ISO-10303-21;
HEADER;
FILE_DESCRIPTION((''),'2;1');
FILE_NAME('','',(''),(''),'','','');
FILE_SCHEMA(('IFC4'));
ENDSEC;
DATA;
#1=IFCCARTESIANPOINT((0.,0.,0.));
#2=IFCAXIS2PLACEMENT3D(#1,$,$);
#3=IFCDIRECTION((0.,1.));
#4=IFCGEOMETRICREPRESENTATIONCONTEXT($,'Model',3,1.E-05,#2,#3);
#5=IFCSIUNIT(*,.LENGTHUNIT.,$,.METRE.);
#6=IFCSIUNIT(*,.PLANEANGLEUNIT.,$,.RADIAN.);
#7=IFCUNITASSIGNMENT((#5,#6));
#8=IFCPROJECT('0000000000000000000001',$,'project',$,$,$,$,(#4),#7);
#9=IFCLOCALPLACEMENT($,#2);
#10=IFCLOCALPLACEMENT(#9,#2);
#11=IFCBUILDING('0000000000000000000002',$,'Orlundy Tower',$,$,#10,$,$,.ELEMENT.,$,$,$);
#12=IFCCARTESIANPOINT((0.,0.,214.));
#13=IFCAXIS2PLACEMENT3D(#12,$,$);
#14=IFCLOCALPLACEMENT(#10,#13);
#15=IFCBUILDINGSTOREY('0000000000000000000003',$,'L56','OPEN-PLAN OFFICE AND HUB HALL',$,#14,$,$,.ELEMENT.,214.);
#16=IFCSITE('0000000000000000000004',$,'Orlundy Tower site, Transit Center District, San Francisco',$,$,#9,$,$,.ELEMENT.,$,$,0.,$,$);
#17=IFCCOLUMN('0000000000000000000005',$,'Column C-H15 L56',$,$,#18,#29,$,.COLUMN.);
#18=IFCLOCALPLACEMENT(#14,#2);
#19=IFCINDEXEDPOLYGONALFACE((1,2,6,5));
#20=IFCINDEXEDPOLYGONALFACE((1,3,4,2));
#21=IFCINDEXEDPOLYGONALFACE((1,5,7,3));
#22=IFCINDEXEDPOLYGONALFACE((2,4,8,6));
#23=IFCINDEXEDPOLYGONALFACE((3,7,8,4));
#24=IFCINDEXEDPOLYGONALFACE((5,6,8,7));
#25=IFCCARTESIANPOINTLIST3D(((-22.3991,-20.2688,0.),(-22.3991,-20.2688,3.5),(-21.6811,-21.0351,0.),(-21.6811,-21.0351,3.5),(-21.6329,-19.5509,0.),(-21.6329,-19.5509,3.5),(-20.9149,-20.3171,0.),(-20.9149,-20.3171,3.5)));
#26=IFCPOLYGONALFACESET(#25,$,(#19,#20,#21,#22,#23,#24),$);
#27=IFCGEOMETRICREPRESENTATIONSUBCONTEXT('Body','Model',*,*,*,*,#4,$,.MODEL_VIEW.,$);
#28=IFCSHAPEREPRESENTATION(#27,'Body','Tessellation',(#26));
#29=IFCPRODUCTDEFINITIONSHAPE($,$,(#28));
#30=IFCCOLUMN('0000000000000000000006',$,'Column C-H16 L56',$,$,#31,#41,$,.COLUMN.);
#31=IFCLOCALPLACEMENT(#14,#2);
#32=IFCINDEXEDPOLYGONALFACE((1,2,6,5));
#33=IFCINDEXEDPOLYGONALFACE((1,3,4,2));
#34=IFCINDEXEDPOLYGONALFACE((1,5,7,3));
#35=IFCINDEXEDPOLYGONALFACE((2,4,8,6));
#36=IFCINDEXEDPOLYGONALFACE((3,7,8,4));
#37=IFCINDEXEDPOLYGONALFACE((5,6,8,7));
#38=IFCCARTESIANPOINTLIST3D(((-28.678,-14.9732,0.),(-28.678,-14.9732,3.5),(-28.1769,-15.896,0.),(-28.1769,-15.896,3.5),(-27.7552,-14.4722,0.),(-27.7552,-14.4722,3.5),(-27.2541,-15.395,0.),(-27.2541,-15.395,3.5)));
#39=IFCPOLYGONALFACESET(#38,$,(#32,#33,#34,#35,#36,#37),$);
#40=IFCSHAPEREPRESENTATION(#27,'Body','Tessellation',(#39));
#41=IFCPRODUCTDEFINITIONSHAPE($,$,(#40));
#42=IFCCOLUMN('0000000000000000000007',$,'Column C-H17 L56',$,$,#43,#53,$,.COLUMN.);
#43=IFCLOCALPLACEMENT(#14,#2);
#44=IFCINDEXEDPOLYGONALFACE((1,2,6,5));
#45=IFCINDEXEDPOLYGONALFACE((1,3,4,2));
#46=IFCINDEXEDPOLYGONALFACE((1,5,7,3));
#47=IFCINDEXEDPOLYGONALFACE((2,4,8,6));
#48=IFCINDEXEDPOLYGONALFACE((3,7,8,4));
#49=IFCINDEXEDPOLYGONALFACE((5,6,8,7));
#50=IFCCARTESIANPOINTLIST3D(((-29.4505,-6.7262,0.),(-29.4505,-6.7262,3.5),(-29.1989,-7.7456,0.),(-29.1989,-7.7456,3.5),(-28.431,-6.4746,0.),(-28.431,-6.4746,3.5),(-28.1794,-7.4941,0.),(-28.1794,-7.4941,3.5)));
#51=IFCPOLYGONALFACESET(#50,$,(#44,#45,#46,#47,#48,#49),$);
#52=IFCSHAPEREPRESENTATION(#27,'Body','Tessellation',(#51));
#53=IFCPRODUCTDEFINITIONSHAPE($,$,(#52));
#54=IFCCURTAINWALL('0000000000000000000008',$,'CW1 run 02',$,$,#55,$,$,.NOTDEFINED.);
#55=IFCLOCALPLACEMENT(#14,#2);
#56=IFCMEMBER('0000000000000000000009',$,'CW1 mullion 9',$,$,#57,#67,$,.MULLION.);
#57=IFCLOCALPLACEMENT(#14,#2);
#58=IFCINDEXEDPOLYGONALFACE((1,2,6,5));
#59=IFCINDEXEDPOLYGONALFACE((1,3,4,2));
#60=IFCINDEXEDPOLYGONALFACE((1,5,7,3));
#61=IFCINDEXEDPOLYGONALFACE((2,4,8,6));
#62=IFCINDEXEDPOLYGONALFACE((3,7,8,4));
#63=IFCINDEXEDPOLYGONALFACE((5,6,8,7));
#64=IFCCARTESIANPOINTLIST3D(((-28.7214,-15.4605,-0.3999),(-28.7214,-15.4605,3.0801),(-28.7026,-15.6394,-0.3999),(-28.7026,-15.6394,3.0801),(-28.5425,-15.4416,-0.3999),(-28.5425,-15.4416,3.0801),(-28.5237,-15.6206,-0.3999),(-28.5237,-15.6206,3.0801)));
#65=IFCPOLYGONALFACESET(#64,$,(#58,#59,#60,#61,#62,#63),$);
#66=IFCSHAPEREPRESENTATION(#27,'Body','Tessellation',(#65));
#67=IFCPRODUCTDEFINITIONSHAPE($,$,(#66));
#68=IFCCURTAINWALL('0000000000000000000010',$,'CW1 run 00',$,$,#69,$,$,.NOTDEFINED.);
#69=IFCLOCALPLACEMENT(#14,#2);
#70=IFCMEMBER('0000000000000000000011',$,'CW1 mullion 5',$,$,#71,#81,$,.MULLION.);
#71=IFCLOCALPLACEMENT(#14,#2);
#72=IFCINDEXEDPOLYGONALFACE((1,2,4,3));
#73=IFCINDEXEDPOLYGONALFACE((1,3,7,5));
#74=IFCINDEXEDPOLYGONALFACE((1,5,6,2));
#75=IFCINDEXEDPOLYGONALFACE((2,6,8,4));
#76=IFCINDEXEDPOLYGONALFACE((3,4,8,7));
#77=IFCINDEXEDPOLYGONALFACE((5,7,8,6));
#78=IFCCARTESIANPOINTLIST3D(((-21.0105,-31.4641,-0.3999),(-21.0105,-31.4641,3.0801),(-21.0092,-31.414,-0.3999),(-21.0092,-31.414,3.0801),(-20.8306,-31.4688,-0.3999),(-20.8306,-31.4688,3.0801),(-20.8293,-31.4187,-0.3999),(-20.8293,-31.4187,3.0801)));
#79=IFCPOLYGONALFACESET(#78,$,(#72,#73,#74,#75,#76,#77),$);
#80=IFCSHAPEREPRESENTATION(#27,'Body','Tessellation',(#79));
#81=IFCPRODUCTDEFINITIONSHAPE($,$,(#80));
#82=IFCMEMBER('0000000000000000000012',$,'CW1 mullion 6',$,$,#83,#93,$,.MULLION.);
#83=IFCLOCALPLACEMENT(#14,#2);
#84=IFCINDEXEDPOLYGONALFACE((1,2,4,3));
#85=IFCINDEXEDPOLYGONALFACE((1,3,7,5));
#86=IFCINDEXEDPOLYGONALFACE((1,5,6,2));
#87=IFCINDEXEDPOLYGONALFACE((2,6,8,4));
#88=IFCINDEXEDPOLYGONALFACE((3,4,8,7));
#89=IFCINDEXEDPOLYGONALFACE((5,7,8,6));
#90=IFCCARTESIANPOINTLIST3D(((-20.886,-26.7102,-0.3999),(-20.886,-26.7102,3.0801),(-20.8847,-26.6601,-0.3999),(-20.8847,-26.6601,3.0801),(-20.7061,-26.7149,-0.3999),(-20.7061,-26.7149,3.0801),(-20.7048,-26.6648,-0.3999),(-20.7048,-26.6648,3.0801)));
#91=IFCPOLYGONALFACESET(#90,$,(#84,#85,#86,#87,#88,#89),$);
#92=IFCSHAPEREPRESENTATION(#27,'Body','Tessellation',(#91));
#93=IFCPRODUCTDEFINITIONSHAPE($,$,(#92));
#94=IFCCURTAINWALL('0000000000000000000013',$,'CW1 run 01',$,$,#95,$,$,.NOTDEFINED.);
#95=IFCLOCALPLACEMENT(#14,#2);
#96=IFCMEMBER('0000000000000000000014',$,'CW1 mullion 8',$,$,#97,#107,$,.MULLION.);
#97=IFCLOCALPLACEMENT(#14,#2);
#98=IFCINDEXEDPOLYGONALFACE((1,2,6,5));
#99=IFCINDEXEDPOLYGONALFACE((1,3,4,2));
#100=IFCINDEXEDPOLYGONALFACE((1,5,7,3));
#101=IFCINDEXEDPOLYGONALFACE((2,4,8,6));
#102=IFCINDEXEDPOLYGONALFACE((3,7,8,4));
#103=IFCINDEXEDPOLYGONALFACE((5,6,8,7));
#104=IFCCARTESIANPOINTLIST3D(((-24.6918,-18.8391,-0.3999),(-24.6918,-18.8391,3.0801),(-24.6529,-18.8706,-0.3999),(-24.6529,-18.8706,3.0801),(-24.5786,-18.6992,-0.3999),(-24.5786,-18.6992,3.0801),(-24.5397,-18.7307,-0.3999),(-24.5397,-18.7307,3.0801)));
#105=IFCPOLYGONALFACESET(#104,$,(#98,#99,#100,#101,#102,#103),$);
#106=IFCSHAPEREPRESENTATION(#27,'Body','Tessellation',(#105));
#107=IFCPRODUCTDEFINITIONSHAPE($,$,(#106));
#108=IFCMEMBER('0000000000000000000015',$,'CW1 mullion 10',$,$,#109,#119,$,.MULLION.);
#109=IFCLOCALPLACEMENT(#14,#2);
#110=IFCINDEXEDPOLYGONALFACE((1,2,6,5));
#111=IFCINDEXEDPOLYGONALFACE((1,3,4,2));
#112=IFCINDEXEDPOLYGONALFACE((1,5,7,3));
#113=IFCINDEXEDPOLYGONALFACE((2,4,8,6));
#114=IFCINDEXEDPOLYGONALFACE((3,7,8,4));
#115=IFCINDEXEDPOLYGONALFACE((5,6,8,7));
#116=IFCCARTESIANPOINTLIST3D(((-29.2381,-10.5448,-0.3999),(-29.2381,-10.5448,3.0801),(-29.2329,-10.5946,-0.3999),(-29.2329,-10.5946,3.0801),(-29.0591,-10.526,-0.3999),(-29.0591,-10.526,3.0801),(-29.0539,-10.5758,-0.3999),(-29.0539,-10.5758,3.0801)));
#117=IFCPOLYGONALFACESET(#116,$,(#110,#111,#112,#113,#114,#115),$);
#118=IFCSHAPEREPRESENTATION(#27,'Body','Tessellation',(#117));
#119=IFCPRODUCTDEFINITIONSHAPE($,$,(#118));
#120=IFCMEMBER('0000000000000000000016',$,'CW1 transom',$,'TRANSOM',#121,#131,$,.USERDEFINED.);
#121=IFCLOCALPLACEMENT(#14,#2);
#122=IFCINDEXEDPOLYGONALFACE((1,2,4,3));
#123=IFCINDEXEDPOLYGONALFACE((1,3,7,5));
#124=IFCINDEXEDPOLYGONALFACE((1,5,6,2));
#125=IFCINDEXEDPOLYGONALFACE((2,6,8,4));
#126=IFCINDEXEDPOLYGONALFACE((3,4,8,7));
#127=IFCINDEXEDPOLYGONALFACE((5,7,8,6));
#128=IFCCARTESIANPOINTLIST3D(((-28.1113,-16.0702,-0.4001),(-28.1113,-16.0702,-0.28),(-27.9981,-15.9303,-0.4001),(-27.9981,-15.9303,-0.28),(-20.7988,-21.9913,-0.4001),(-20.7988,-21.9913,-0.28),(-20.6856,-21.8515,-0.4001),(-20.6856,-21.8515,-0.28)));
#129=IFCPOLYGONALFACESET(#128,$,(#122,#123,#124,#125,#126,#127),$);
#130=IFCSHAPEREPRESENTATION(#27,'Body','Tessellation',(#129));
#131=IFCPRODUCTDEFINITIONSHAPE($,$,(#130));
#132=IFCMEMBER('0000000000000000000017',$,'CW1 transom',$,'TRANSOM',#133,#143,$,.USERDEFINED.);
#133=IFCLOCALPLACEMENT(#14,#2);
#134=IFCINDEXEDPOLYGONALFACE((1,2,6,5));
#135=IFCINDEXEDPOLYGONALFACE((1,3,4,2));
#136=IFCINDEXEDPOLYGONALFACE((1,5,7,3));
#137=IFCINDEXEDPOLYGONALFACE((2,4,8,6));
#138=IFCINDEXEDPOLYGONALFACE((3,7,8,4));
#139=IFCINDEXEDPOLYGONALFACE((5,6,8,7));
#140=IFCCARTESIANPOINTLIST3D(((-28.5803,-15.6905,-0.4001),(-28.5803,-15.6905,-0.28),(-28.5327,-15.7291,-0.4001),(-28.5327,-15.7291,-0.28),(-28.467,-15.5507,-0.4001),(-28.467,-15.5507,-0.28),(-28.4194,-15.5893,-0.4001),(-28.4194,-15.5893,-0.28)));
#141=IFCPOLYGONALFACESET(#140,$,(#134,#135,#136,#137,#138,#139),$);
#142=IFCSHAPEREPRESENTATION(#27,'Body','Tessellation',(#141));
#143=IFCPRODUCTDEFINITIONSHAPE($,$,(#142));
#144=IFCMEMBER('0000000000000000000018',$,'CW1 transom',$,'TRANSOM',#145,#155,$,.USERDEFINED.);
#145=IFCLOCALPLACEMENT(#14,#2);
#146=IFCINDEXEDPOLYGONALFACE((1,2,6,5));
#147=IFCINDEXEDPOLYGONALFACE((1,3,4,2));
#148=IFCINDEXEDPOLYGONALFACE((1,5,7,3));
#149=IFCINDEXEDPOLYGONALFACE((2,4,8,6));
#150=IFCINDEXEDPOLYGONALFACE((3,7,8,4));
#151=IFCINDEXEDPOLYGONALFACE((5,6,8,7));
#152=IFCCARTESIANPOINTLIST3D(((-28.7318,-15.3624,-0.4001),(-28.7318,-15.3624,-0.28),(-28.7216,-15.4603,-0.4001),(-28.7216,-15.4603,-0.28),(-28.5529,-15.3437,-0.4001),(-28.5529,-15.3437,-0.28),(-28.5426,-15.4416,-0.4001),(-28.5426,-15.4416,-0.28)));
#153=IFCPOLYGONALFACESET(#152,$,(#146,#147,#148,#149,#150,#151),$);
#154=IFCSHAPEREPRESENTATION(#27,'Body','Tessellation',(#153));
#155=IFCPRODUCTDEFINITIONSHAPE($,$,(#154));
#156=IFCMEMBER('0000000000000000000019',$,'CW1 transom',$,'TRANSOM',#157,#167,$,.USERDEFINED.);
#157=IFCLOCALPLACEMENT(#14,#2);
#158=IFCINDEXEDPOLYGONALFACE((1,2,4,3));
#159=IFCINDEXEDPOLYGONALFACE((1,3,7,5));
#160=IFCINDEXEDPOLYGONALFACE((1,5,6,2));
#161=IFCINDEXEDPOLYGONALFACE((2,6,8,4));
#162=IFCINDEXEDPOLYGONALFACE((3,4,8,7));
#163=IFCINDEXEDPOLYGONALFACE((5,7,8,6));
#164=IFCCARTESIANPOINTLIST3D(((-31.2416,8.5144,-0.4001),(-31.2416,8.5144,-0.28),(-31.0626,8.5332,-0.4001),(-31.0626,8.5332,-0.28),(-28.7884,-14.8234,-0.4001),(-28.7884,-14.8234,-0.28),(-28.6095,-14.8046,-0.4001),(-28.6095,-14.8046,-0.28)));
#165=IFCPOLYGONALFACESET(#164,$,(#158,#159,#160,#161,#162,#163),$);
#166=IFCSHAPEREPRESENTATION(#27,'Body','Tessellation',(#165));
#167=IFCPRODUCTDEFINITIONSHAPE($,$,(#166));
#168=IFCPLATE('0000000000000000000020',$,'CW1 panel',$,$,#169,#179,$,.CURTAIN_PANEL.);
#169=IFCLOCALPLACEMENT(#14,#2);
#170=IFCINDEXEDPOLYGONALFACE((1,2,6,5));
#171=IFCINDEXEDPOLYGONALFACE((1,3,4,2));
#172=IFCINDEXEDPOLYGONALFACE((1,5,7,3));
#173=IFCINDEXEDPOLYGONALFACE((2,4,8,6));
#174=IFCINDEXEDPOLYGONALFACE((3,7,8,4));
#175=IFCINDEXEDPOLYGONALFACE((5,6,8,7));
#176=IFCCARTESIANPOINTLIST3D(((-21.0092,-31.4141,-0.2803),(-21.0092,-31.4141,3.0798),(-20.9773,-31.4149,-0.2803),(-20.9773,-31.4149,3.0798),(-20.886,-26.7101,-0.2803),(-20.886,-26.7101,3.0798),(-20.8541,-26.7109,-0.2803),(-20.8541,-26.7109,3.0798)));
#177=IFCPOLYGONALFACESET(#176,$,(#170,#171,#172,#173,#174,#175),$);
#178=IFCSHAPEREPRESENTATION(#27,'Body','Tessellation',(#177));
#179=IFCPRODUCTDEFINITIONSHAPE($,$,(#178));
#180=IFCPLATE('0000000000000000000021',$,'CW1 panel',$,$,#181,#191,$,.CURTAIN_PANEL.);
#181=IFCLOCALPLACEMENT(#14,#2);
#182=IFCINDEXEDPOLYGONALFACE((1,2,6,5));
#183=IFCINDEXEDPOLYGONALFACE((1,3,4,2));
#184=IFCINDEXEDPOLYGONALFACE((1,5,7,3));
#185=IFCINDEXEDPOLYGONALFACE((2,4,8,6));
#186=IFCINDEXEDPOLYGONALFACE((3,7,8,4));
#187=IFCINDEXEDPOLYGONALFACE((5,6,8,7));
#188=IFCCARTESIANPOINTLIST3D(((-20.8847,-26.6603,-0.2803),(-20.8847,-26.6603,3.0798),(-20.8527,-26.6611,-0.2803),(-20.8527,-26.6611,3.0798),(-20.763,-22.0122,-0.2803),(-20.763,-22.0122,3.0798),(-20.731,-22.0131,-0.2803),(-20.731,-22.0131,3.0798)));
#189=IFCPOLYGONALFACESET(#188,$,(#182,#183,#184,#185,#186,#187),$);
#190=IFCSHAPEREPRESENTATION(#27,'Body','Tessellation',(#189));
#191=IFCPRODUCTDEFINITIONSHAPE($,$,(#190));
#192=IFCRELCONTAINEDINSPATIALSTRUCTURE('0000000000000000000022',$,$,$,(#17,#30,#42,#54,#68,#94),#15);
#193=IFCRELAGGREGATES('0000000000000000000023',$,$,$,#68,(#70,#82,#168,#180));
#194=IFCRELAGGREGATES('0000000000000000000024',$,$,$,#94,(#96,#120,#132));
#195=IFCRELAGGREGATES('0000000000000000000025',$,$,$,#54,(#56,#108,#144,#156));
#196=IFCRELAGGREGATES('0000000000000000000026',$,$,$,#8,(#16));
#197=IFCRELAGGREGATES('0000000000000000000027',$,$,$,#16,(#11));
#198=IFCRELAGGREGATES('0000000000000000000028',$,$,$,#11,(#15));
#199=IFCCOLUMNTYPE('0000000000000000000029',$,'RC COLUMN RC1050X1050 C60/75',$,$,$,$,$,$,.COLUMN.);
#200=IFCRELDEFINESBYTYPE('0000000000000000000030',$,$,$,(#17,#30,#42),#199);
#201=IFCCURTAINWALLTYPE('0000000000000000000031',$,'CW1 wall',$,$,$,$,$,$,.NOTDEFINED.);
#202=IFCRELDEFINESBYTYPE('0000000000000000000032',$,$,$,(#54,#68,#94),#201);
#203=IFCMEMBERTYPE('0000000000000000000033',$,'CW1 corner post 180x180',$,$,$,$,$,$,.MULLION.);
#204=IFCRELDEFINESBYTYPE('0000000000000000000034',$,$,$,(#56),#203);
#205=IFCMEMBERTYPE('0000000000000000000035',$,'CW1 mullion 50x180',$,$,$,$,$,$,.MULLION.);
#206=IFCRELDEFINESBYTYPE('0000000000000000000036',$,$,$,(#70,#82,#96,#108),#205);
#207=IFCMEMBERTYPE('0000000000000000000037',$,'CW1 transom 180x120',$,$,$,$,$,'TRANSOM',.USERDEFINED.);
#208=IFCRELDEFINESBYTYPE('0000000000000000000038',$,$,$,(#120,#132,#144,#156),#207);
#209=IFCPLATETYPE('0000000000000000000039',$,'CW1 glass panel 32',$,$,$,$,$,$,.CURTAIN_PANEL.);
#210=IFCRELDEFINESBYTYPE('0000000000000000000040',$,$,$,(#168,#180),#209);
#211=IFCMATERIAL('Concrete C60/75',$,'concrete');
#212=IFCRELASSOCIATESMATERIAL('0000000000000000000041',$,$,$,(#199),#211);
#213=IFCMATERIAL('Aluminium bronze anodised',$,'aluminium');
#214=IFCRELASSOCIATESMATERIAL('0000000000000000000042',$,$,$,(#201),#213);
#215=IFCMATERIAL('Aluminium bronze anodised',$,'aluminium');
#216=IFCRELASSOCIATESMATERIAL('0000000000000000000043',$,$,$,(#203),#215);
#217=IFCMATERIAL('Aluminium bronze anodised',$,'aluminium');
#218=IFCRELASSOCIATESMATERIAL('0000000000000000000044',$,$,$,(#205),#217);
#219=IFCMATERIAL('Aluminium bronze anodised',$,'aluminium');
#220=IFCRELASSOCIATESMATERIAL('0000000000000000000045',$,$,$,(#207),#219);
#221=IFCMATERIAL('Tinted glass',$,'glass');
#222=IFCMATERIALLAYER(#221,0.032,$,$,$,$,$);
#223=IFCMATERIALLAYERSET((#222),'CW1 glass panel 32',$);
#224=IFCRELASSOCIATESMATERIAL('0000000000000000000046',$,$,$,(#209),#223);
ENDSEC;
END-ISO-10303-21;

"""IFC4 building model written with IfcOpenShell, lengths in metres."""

from ifc_helpers import new_model, si_unit, direction, frame, origin, origin_2d, place, context, subcontext, project, spatial, rectangle, extrude, material, layer, layer_set, material_profile, profile_set, type_object, element, aggregate, save


model = new_model("IFC4")

# Units and contexts
model_context = context("Model", 3, precision=1e-05, world=origin(), true_north=direction((0.0, 1.0)))
body_context = subcontext(model_context, "Body", "Model", "MODEL_VIEW")
ifc_project = project(units=[si_unit("LENGTHUNIT", "METRE"), si_unit("PLANEANGLEUNIT", "RADIAN")], contexts=[model_context])

# Site, building, storey
site_placement = place(None, origin())
site = spatial("IfcSite", under=ifc_project, at=site_placement, Name="Orlundy Tower site, Transit Center District, San Francisco", CompositionType="ELEMENT", RefElevation=0.0)
building_placement = place(site_placement, origin())
building = spatial("IfcBuilding", under=site, at=building_placement, Name="Orlundy Tower", CompositionType="ELEMENT")
storey_placement = place(building_placement, frame((0.0, 0.0, 214.0)))
storey = spatial("IfcBuildingStorey", under=building, at=storey_placement, Name="L56", Description="OPEN-PLAN OFFICE AND HUB HALL", CompositionType="ELEMENT", Elevation=214.0)

# Columns
ifc_material_1 = material(Name="Concrete C60/75", Category="concrete")
ifc_material_profile_1 = material_profile(ifc_material_1, rectangle(XDim=1.05, YDim=1.05, at=origin_2d()), Name="RC1050X1050")
ifc_profile_set_1 = profile_set([ifc_material_profile_1], Name="Concrete C60/75")
column_type = type_object("IfcColumnType", Name="RC COLUMN RC1050X1050 C60/75", PredefinedType="COLUMN", material=ifc_profile_set_1)
for number, where, z_axis, x_axis, name in (
    (1, (-21.657, -20.293, 0.0), (0.0, 0.0, 1.0), (-0.729709, -0.683758, 0.0), "Column C-H15 L56"),
    (2, (-27.9661, -15.1841, 0.0), (0.0, 0.0, 1.0), (-0.878817, -0.477159, 0.0), "Column C-H16 L56"),
    (3, (-28.8149, -7.1101, 0.0), (0.0, 0.0, 1.0), (-0.97088, -0.239567, 0.0), "Column C-H17 L56"),
):
    element("IfcColumn", number, at=place(storey_placement, frame(where, z_axis=z_axis, x_axis=x_axis)), inside=storey, type_object=column_type, Name=name, PredefinedType="COLUMN", context=body_context, shape_type="SweptSolid", body=[
        extrude(rectangle(XDim=1.05, YDim=1.05, at=origin_2d()), origin(), (0.0, 0.0, 1.0), 3.5),
    ])

# Curtain wall, member
ifc_material_2 = material(Name="Aluminium bronze anodised", Category="aluminium")
curtain_wall_type = type_object("IfcCurtainWallType", Name="CW1 wall", PredefinedType="NOTDEFINED", material=ifc_material_2)
curtain_wall_1_placement = place(storey_placement, origin())
curtain_wall_1 = element("IfcCurtainWall", 4, at=curtain_wall_1_placement, inside=storey, type_object=curtain_wall_type, Name="CW1 run 02", PredefinedType="NOTDEFINED")
ifc_material_3 = material(Name="Aluminium bronze anodised", Category="aluminium")
ifc_material_profile_2 = material_profile(ifc_material_3, rectangle(XDim=0.1799, YDim=0.1799, at=origin_2d()), Name="CW1 corner post 180x180")
ifc_profile_set_2 = profile_set([ifc_material_profile_2], Name="Aluminium bronze anodised")
member_type_1 = type_object("IfcMemberType", Name="CW1 corner post 180x180", PredefinedType="MULLION", material=ifc_profile_set_2)
member_1_placement = place(storey_placement, frame((-28.6226, -15.5405, -0.3999), z_axis=(0.0, 0.0, 1.0), x_axis=(-0.994521, -0.104538, 0.0)))
member_1 = element("IfcMember", 5, at=member_1_placement, type_object=member_type_1, Name="CW1 mullion 9", PredefinedType="MULLION", context=body_context, shape_type="SweptSolid", body=[
    extrude(rectangle(XDim=0.1799, YDim=0.1799, at=origin_2d()), origin(), (0.0, 0.0, 1.0), 3.48),
])

# Curtain wall, members
curtain_wall_2_placement = place(storey_placement, origin())
curtain_wall_2 = element("IfcCurtainWall", 6, at=curtain_wall_2_placement, inside=storey, type_object=curtain_wall_type, Name="CW1 run 00", PredefinedType="NOTDEFINED")
ifc_material_4 = material(Name="Aluminium bronze anodised", Category="aluminium")
ifc_material_profile_3 = material_profile(ifc_material_4, rectangle(XDim=0.1799, YDim=0.05, at=origin_2d()), Name="CW1 mullion 50x180")
ifc_profile_set_3 = profile_set([ifc_material_profile_3], Name="Aluminium bronze anodised")
member_type_2 = type_object("IfcMemberType", Name="CW1 mullion 50x180", PredefinedType="MULLION", material=ifc_profile_set_3)
member_2_placement = place(storey_placement, frame((-20.9199, -31.4414, -0.3999), z_axis=(0.0, 0.0, 1.0), x_axis=(-0.999657, 0.02618, 0.0)))
member_2 = element("IfcMember", 7, at=member_2_placement, type_object=member_type_2, Name="CW1 mullion 5", PredefinedType="MULLION", context=body_context, shape_type="SweptSolid", body=[
    extrude(rectangle(XDim=0.1799, YDim=0.05, at=origin_2d()), origin(), (0.0, 0.0, 1.0), 3.48),
])
member_3_placement = place(storey_placement, frame((-20.7954, -26.6875, -0.3999), z_axis=(0.0, 0.0, 1.0), x_axis=(-0.999657, 0.02618, 0.0)))
member_3 = element("IfcMember", 8, at=member_3_placement, type_object=member_type_2, Name="CW1 mullion 6", PredefinedType="MULLION", context=body_context, shape_type="SweptSolid", body=[
    extrude(rectangle(XDim=0.1799, YDim=0.05, at=origin_2d()), origin(), (0.0, 0.0, 1.0), 3.48),
])

# Curtain wall, member
curtain_wall_3_placement = place(storey_placement, origin())
curtain_wall_3 = element("IfcCurtainWall", 9, at=curtain_wall_3_placement, inside=storey, type_object=curtain_wall_type, Name="CW1 run 01", PredefinedType="NOTDEFINED")
member_4_placement = place(storey_placement, frame((-24.6157, -18.7849, -0.3999), z_axis=(0.0, 0.0, 1.0), x_axis=(-0.629283, -0.777177, 0.0)))
member_4 = element("IfcMember", 10, at=member_4_placement, type_object=member_type_2, Name="CW1 mullion 8", PredefinedType="MULLION", context=body_context, shape_type="SweptSolid", body=[
    extrude(rectangle(XDim=0.1799, YDim=0.05, at=origin_2d()), origin(), (0.0, 0.0, 1.0), 3.48),
])

# Members
member_5_placement = place(storey_placement, frame((-29.146, -10.5603, -0.3999), z_axis=(0.0, 0.0, 1.0), x_axis=(-0.994521, -0.104538, 0.0)))
member_5 = element("IfcMember", 11, at=member_5_placement, type_object=member_type_2, Name="CW1 mullion 10", PredefinedType="MULLION", context=body_context, shape_type="SweptSolid", body=[
    extrude(rectangle(XDim=0.1799, YDim=0.05, at=origin_2d()), origin(), (0.0, 0.0, 1.0), 3.48),
])
ifc_material_5 = material(Name="Aluminium bronze anodised", Category="aluminium")
ifc_material_profile_4 = material_profile(ifc_material_5, rectangle(XDim=0.1799, YDim=0.1201, at=origin_2d()), Name="CW1 transom 180x120")
ifc_profile_set_4 = profile_set([ifc_material_profile_4], Name="Aluminium bronze anodised")
member_type_3 = type_object("IfcMemberType", Name="CW1 transom 180x120", ElementType="TRANSOM", PredefinedType="USERDEFINED", material=ifc_profile_set_4)
member_6_placement = place(storey_placement, frame((-20.7422, -21.9214, -0.3401), z_axis=(-0.777167, 0.629295, 0.0), x_axis=(-0.629295, -0.777167, 0.0)))
member_6 = element("IfcMember", 12, at=member_6_placement, type_object=member_type_3, Name="CW1 transom", ObjectType="TRANSOM", PredefinedType="USERDEFINED", context=body_context, shape_type="SweptSolid", body=[
    extrude(rectangle(XDim=0.1799, YDim=0.1201, at=origin_2d()), origin(), (0.0, 0.0, 1.0), 9.4092),
])
member_7_placement = place(storey_placement, frame((-28.4761, -15.6592, -0.3401), z_axis=(-0.776966, 0.629542, 0.0), x_axis=(-0.629542, -0.776966, 0.0)))
member_7 = element("IfcMember", 13, at=member_7_placement, type_object=member_type_3, Name="CW1 transom", ObjectType="TRANSOM", PredefinedType="USERDEFINED", context=body_context, shape_type="SweptSolid", body=[
    extrude(rectangle(XDim=0.1799, YDim=0.1201, at=origin_2d()), origin(), (0.0, 0.0, 1.0), 0.0613),
])
member_8_placement = place(storey_placement, frame((-28.6321, -15.4509, -0.3401), z_axis=(-0.104168, 0.99456, 0.0), x_axis=(-0.99456, -0.104168, 0.0)))
member_8 = element("IfcMember", 14, at=member_8_placement, type_object=member_type_3, Name="CW1 transom", ObjectType="TRANSOM", PredefinedType="USERDEFINED", context=body_context, shape_type="SweptSolid", body=[
    extrude(rectangle(XDim=0.1799, YDim=0.1201, at=origin_2d()), origin(), (0.0, 0.0, 1.0), 0.0984),
])
member_9_placement = place(storey_placement, frame((-28.699, -14.814, -0.3401), z_axis=(-0.104539, 0.994521, 0.0), x_axis=(-0.994521, -0.104539, 0.0)))
member_9 = element("IfcMember", 15, at=member_9_placement, type_object=member_type_3, Name="CW1 transom", ObjectType="TRANSOM", PredefinedType="USERDEFINED", context=body_context, shape_type="SweptSolid", body=[
    extrude(rectangle(XDim=0.1799, YDim=0.1201, at=origin_2d()), origin(), (0.0, 0.0, 1.0), 23.4663),
])

# Plates
ifc_material_6 = material(Name="Tinted glass", Category="glass")
ifc_layer_1 = layer(ifc_material_6, 0.032)
ifc_layer_set_1 = layer_set([ifc_layer_1], Name="CW1 glass panel 32")
plate_type = type_object("IfcPlateType", Name="CW1 glass panel 32", PredefinedType="CURTAIN_PANEL", material=ifc_layer_set_1)
plate_1_placement = place(storey_placement, frame((-20.9316, -29.0625, -0.2803), z_axis=(0.0, 0.0, 1.0), x_axis=(0.02618, 0.999657, 0.0)))
plate_1 = element("IfcPlate", 16, at=plate_1_placement, type_object=plate_type, Name="CW1 panel", PredefinedType="CURTAIN_PANEL", context=body_context, shape_type="SweptSolid", body=[
    extrude(rectangle(XDim=4.7056, YDim=0.032, at=origin_2d()), origin(), (0.0, 0.0, 1.0), 3.3601),
])
plate_2_placement = place(storey_placement, frame((-20.8079, -24.3367, -0.2803), z_axis=(0.0, 0.0, 1.0), x_axis=(0.02618, 0.999657, 0.0)))
plate_2 = element("IfcPlate", 17, at=plate_2_placement, type_object=plate_type, Name="CW1 panel", PredefinedType="CURTAIN_PANEL", context=body_context, shape_type="SweptSolid", body=[
    extrude(rectangle(XDim=4.6497, YDim=0.032, at=origin_2d()), origin(), (0.0, 0.0, 1.0), 3.3601),
])
aggregate(curtain_wall_2, [member_2, member_3, plate_1, plate_2])
aggregate(curtain_wall_3, [member_4, member_6, member_7])
aggregate(curtain_wall_1, [member_1, member_5, member_8, member_9])

save(model, "model.ifc")
